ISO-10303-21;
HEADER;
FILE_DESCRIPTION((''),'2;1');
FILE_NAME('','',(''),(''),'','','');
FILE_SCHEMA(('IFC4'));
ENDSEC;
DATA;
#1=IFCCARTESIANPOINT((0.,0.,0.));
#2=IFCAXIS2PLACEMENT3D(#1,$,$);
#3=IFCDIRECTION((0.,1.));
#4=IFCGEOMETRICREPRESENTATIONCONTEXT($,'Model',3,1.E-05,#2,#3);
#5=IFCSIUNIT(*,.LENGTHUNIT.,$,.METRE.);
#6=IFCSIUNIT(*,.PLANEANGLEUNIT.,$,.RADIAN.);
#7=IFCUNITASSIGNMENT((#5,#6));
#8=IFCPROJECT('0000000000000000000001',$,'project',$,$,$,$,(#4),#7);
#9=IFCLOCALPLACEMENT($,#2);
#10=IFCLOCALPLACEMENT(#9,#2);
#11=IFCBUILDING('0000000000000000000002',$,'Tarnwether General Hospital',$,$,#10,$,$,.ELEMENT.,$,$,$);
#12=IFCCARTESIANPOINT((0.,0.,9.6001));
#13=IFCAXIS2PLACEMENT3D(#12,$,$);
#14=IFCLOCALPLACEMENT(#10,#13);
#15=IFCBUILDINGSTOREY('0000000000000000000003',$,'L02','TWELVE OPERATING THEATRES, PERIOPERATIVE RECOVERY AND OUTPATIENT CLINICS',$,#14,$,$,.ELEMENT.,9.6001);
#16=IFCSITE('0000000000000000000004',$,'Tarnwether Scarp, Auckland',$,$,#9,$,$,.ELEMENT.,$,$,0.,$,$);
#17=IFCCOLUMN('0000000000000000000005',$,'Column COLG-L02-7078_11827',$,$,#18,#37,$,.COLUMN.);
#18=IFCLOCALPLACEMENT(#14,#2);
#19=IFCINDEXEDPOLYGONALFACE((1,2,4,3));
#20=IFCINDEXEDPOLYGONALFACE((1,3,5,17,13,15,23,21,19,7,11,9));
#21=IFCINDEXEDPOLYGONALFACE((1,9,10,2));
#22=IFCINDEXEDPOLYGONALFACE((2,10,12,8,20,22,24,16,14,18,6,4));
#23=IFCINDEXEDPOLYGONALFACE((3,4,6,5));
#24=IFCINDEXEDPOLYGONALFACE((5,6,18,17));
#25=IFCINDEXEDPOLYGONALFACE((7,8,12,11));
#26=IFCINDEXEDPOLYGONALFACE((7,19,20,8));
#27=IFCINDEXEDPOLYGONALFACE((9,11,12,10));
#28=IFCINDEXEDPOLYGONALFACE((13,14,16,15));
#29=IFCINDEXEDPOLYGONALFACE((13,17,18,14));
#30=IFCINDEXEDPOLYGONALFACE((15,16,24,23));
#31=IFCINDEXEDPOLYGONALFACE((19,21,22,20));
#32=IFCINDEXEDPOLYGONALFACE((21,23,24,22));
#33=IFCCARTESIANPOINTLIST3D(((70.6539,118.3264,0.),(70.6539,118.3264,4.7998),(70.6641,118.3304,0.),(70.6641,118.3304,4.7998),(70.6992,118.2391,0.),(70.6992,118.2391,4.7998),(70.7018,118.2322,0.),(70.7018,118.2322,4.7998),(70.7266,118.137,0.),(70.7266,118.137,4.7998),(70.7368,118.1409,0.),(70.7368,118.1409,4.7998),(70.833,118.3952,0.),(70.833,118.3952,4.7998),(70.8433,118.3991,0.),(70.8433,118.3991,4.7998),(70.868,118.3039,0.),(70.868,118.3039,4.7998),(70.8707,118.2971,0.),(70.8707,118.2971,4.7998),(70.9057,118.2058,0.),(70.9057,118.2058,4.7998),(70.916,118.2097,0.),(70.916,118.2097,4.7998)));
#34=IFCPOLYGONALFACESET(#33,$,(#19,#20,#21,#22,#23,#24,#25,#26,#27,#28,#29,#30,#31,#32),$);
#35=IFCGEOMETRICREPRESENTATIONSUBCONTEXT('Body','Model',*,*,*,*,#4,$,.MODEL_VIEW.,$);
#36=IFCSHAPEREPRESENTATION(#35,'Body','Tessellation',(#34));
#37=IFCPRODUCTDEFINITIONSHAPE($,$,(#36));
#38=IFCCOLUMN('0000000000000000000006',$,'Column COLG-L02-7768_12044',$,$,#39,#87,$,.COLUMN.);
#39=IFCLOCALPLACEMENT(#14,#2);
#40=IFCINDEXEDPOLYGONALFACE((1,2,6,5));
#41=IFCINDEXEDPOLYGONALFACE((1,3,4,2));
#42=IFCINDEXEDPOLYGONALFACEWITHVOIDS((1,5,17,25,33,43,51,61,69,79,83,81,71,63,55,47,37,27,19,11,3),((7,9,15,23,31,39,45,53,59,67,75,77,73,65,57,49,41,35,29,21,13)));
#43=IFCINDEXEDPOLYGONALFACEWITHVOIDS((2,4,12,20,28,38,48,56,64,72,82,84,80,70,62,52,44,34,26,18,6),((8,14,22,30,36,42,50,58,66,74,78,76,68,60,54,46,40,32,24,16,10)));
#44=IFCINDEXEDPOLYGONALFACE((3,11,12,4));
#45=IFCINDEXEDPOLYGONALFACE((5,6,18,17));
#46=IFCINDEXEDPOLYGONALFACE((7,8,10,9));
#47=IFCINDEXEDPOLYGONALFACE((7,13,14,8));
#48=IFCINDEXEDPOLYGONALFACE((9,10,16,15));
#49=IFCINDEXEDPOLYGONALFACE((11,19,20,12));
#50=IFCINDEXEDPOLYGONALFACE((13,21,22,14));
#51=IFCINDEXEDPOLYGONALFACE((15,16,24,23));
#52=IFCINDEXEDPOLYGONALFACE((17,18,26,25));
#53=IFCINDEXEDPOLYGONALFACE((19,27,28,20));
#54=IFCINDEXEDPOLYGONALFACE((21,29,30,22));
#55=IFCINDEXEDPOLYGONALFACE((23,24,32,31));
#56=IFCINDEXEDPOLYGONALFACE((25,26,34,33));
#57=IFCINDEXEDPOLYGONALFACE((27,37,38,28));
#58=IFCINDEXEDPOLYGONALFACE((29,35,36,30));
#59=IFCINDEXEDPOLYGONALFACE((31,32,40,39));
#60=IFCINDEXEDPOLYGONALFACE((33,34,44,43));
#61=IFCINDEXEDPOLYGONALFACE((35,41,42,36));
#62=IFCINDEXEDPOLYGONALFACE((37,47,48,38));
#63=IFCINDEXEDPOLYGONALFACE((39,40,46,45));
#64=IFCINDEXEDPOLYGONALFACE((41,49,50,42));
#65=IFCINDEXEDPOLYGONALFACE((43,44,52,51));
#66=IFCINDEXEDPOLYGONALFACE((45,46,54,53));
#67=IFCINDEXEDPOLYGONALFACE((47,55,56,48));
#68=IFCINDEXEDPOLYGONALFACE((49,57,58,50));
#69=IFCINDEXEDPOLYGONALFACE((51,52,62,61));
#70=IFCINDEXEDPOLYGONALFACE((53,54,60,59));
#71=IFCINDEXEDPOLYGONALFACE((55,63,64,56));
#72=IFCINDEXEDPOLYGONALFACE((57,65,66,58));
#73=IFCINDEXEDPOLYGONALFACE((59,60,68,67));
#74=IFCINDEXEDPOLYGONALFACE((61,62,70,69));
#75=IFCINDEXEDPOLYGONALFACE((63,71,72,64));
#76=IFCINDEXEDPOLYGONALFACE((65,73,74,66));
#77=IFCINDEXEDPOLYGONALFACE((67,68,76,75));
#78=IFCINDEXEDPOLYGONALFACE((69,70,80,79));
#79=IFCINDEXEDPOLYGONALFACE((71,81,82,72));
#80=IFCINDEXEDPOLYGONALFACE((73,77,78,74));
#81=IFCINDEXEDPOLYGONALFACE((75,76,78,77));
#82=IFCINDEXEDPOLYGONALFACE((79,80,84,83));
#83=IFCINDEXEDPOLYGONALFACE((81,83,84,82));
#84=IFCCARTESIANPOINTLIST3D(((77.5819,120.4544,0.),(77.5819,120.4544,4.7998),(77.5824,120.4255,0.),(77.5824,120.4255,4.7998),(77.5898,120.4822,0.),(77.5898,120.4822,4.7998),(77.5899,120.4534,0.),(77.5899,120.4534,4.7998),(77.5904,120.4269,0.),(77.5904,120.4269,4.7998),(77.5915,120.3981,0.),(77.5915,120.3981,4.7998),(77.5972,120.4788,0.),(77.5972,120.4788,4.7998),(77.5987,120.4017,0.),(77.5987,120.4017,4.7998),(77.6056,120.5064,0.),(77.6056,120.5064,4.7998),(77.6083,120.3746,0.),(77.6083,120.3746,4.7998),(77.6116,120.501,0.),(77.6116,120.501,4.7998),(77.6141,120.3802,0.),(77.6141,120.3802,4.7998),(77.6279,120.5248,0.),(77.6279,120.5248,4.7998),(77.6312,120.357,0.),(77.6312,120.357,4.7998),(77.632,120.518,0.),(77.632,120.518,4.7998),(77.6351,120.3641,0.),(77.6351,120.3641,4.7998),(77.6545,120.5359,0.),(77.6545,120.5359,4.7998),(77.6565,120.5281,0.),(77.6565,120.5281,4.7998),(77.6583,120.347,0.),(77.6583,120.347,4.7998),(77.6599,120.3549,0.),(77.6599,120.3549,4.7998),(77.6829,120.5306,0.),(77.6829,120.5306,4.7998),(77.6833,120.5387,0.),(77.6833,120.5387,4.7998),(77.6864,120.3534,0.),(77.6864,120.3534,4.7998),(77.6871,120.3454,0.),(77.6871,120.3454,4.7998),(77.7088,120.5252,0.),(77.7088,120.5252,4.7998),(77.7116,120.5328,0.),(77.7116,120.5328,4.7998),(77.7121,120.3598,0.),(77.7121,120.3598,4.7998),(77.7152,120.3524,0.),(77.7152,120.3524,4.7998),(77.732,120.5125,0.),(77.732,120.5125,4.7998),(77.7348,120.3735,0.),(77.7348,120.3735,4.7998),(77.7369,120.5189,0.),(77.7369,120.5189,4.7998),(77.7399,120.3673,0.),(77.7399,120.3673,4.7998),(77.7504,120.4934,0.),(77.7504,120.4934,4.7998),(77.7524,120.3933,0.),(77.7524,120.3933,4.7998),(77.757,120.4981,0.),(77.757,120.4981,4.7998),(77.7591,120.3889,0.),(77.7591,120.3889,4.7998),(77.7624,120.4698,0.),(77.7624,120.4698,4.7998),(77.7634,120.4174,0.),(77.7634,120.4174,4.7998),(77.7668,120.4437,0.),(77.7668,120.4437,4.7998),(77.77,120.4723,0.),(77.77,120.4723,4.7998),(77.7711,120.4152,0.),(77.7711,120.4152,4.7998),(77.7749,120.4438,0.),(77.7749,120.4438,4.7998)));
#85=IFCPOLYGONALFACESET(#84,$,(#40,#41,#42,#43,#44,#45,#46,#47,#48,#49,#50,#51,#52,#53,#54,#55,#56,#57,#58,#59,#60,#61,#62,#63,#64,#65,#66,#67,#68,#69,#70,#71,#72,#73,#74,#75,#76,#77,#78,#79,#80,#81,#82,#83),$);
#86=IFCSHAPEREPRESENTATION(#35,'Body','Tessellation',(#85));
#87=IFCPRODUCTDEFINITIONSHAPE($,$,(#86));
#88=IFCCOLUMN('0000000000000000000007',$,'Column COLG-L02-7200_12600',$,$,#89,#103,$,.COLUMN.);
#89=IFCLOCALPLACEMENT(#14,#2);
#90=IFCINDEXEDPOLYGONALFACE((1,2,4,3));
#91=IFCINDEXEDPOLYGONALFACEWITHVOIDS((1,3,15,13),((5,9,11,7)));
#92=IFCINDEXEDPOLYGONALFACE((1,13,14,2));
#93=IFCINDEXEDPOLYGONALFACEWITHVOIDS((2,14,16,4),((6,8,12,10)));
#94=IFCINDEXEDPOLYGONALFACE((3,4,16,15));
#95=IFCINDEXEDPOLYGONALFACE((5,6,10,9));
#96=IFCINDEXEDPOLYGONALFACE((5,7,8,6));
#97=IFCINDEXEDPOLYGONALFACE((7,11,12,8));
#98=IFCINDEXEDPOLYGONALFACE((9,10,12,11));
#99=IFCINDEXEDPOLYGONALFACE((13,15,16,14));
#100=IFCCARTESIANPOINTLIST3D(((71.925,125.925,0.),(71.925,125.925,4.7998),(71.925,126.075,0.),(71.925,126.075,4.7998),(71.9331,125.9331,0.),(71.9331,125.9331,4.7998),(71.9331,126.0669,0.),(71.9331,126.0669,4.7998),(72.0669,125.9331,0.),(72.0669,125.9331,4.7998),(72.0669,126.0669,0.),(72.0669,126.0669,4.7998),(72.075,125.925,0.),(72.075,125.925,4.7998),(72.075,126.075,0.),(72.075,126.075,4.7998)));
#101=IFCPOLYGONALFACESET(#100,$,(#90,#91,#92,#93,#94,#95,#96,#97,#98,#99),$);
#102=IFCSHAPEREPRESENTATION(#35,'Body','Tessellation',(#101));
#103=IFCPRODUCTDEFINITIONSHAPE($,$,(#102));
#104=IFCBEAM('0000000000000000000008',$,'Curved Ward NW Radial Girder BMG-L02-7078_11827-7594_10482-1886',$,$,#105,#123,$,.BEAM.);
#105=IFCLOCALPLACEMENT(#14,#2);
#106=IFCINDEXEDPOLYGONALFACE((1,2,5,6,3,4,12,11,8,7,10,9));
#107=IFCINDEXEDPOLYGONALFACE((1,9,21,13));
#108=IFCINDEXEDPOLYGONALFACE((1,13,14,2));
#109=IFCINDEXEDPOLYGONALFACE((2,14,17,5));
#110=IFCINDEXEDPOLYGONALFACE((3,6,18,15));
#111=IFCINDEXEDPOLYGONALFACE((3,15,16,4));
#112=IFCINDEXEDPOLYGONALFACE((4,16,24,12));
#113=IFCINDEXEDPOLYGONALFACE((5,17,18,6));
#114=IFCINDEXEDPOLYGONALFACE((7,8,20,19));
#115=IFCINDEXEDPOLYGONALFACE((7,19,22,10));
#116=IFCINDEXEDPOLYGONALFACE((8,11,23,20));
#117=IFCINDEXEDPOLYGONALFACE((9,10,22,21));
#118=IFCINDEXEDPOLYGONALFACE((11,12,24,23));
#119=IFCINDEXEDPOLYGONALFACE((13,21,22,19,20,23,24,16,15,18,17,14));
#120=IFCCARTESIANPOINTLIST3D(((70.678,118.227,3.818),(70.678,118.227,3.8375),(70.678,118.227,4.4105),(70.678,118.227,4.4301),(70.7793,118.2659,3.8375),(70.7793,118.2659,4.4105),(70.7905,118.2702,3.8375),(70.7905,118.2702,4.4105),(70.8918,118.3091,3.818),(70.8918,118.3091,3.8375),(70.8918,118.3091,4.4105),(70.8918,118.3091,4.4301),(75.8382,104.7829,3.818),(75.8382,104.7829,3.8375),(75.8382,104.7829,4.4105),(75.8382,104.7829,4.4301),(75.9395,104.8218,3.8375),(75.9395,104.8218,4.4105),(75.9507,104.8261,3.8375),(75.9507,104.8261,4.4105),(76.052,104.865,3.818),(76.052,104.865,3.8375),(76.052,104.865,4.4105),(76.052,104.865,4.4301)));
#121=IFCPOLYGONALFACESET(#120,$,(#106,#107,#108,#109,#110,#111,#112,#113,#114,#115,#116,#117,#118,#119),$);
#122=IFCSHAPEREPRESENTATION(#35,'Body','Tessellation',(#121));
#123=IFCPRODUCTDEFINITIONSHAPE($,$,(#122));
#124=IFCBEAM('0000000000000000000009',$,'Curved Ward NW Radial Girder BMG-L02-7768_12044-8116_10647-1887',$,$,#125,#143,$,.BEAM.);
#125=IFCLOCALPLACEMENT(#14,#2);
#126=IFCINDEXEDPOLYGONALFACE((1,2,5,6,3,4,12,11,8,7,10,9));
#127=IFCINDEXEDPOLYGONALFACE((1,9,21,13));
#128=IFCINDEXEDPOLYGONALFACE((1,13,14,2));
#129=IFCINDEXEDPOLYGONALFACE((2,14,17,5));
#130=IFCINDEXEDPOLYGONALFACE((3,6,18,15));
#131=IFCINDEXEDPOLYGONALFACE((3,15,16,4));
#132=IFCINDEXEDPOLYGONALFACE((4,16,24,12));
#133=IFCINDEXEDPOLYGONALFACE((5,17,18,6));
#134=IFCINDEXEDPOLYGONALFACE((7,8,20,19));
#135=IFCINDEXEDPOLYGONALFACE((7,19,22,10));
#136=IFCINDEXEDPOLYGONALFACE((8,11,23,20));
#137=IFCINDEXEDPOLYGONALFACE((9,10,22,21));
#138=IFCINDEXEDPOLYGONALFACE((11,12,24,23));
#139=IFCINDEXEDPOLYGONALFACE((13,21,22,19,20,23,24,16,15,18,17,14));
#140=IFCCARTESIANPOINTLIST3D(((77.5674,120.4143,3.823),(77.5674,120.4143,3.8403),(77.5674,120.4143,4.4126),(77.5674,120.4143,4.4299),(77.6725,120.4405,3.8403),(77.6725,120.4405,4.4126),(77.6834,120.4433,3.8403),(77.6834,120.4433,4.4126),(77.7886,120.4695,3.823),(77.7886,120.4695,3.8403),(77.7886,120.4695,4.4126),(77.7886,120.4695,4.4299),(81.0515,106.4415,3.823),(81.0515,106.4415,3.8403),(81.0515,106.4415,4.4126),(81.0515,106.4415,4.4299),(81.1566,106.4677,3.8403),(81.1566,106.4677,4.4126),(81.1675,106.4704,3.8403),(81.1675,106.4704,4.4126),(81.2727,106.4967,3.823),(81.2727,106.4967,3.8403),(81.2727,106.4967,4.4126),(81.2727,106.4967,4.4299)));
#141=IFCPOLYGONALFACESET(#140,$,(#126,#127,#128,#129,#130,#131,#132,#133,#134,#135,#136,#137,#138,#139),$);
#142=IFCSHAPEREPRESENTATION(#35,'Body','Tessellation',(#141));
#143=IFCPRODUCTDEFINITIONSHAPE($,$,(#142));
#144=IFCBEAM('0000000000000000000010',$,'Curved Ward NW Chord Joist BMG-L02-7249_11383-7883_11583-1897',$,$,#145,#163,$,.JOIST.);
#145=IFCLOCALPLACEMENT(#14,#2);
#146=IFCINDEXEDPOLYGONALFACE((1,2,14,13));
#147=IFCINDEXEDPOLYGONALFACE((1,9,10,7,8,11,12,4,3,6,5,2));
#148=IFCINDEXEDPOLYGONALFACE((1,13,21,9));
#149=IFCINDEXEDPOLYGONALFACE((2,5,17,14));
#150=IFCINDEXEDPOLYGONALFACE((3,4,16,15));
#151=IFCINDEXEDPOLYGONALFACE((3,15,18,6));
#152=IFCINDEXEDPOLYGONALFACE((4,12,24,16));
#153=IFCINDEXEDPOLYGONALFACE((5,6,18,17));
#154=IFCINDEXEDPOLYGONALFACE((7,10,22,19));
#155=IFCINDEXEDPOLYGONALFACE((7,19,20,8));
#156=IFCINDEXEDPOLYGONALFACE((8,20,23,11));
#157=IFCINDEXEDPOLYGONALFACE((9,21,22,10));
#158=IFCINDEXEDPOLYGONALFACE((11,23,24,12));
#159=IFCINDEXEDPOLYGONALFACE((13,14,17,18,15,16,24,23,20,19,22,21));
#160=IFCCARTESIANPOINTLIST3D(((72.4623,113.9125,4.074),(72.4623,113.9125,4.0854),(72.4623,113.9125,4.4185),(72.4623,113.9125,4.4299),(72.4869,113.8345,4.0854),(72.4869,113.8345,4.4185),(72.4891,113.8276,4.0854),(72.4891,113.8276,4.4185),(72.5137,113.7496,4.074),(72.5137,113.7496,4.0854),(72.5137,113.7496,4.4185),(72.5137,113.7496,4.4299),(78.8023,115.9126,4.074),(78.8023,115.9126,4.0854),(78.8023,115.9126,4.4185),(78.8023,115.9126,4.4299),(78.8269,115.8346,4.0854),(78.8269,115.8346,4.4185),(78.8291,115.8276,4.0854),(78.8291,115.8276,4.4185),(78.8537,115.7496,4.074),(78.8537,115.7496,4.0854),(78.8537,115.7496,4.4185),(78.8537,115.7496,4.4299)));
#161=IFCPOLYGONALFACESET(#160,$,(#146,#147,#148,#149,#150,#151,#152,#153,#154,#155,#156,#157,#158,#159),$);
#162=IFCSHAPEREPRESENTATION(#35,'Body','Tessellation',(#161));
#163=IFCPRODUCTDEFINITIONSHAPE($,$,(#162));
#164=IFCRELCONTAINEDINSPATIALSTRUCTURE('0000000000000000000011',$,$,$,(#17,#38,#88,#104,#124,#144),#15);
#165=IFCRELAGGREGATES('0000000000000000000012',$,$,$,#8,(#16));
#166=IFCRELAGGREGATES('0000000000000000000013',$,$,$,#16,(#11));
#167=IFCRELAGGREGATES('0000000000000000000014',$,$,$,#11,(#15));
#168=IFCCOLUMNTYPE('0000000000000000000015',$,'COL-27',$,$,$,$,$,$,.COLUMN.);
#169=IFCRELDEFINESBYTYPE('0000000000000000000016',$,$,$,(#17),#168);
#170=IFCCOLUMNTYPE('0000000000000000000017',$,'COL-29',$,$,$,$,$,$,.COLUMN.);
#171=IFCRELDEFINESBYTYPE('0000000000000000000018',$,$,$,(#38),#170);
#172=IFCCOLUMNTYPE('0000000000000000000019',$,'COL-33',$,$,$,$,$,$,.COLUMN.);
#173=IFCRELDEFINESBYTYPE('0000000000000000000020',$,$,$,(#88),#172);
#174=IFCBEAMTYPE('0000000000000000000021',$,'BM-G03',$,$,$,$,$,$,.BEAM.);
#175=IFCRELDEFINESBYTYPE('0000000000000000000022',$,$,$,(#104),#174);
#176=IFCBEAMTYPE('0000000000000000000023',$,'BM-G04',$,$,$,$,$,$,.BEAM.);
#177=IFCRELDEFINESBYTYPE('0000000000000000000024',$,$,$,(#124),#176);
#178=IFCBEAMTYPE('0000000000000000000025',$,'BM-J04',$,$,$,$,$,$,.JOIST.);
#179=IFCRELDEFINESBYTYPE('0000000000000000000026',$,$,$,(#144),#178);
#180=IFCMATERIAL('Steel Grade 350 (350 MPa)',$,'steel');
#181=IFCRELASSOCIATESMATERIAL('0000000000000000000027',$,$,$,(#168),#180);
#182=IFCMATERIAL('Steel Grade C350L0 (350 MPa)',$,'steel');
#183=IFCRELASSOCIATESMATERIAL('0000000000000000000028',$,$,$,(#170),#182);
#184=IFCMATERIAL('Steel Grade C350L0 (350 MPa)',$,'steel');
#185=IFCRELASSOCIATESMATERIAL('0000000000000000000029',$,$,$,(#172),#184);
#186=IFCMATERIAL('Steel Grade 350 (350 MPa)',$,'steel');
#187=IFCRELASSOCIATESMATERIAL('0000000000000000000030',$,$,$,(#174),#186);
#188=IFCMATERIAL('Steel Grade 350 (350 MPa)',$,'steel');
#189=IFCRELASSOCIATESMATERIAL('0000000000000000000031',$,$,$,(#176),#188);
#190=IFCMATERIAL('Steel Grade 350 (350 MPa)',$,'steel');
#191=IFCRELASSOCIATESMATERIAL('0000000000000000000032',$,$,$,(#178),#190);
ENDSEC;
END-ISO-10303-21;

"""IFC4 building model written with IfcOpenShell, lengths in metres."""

from ifc_helpers import new_model, si_unit, direction, frame, origin, origin_2d, place, context, subcontext, project, spatial, hollow_rectangle, hollow_circle, i_section, extrude, material, material_profile, profile_set, type_object, element, save


model = new_model("IFC4")

# Units and contexts
model_context = context("Model", 3, precision=1e-05, world=origin(), true_north=direction((0.0, 1.0)))
body_context = subcontext(model_context, "Body", "Model", "MODEL_VIEW")
ifc_project = project(units=[si_unit("LENGTHUNIT", "METRE"), si_unit("PLANEANGLEUNIT", "RADIAN")], contexts=[model_context])

# Site, building, storey
site_placement = place(None, origin())
site = spatial("IfcSite", under=ifc_project, at=site_placement, Name="Tarnwether Scarp, Auckland", CompositionType="ELEMENT", RefElevation=0.0)
building_placement = place(site_placement, origin())
building = spatial("IfcBuilding", under=site, at=building_placement, Name="Tarnwether General Hospital", CompositionType="ELEMENT")
storey_placement = place(building_placement, frame((0.0, 0.0, 9.6001)))
storey = spatial("IfcBuildingStorey", under=building, at=storey_placement, Name="L02", Description="TWELVE OPERATING THEATRES, PERIOPERATIVE RECOVERY AND OUTPATIENT CLINICS", CompositionType="ELEMENT", Elevation=9.6001)

# Columns
ifc_material_1 = material(Name="Steel Grade 350 (350 MPa)", Category="steel")
ifc_material_profile_1 = material_profile(ifc_material_1, i_section(OverallWidth=0.2029, OverallDepth=0.2029, WebThickness=0.0073, FlangeThickness=0.011, at=origin_2d()), Name="200UC46.2")
ifc_profile_set_1 = profile_set([ifc_material_profile_1], Name="Steel Grade 350 (350 MPa)")
column_type_1 = type_object("IfcColumnType", Name="COL-27", PredefinedType="COLUMN", material=ifc_profile_set_1)
column_1_placement = place(storey_placement, frame((70.7849, 118.2681, 0.0), z_axis=(0.0, 0.0, 1.0), x_axis=(-0.358368, 0.93358, 0.0)))
element("IfcColumn", 1, at=column_1_placement, inside=storey, type_object=column_type_1, Name="Column COLG-L02-7078_11827", PredefinedType="COLUMN", context=body_context, shape_type="SweptSolid", body=[
    extrude(i_section(OverallWidth=0.2029, OverallDepth=0.2029, WebThickness=0.0073, FlangeThickness=0.011, at=origin_2d()), origin(), (0.0, 0.0, 1.0), 4.7998),
])
ifc_material_2 = material(Name="Steel Grade C350L0 (350 MPa)", Category="steel")
ifc_material_profile_2 = material_profile(ifc_material_2, hollow_circle(Radius=0.0969, WallThickness=0.0081, at=origin_2d()), Name="CHS193.7x8.0")
ifc_profile_set_2 = profile_set([ifc_material_profile_2], Name="Steel Grade C350L0 (350 MPa)")
column_type_2 = type_object("IfcColumnType", Name="COL-29", PredefinedType="COLUMN", material=ifc_profile_set_2)
column_2_placement = place(storey_placement, frame((77.678, 120.4419, 0.0), z_axis=(0.0, 0.0, 1.0), x_axis=(-0.241922, 0.970296, 0.0)))
element("IfcColumn", 2, at=column_2_placement, inside=storey, type_object=column_type_2, Name="Column COLG-L02-7768_12044", PredefinedType="COLUMN", context=body_context, shape_type="SweptSolid", body=[
    extrude(hollow_circle(Radius=0.0969, WallThickness=0.0081, at=origin_2d()), origin(), (0.0, 0.0, 1.0), 4.7998),
])
ifc_material_3 = material(Name="Steel Grade C350L0 (350 MPa)", Category="steel")
ifc_material_profile_3 = material_profile(ifc_material_3, hollow_rectangle(XDim=0.1499, YDim=0.1499, WallThickness=0.0081, at=origin_2d()), Name="SHS150x150x8")
ifc_profile_set_3 = profile_set([ifc_material_profile_3], Name="Steel Grade C350L0 (350 MPa)")
column_type_3 = type_object("IfcColumnType", Name="COL-33", PredefinedType="COLUMN", material=ifc_profile_set_3)
column_3_placement = place(storey_placement, frame((72.0, 126.0, 0.0), z_axis=(0.0, 0.0, 1.0), x_axis=(1.0, 0.0, 0.0)))
element("IfcColumn", 3, at=column_3_placement, inside=storey, type_object=column_type_3, Name="Column COLG-L02-7200_12600", PredefinedType="COLUMN", context=body_context, shape_type="SweptSolid", body=[
    extrude(hollow_rectangle(XDim=0.1499, YDim=0.1499, WallThickness=0.0081, at=origin_2d()), origin(), (0.0, 0.0, 1.0), 4.7998),
])

# Beams
ifc_material_4 = material(Name="Steel Grade 350 (350 MPa)", Category="steel")
ifc_material_profile_4 = material_profile(ifc_material_4, i_section(OverallWidth=0.229, OverallDepth=0.6121, WebThickness=0.012, FlangeThickness=0.0195, at=origin_2d()), Name="610UB125")
ifc_profile_set_4 = profile_set([ifc_material_profile_4], Name="Steel Grade 350 (350 MPa)")
beam_type_1 = type_object("IfcBeamType", Name="BM-G03", PredefinedType="BEAM", material=ifc_profile_set_4)
beam_1_placement = place(storey_placement, frame((70.7849, 118.2681, 4.124), z_axis=(0.358335, -0.933593, 0.0), x_axis=(0.933593, 0.358335, 0.0)))
element("IfcBeam", 4, at=beam_1_placement, inside=storey, type_object=beam_type_1, Name="Curved Ward NW Radial Girder BMG-L02-7078_11827-7594_10482-1886", PredefinedType="BEAM", context=body_context, shape_type="SweptSolid", body=[
    extrude(i_section(OverallWidth=0.229, OverallDepth=0.6121, WebThickness=0.012, FlangeThickness=0.0195, at=origin_2d()), origin(), (0.0, 0.0, 1.0), 14.4004),
])
ifc_material_5 = material(Name="Steel Grade 350 (350 MPa)", Category="steel")
ifc_material_profile_5 = material_profile(ifc_material_5, i_section(OverallWidth=0.228, OverallDepth=0.6069, WebThickness=0.0112, FlangeThickness=0.0173, at=origin_2d()), Name="610UB113")
ifc_profile_set_5 = profile_set([ifc_material_profile_5], Name="Steel Grade 350 (350 MPa)")
beam_type_2 = type_object("IfcBeamType", Name="BM-G04", PredefinedType="BEAM", material=ifc_profile_set_5)
beam_2_placement = place(storey_placement, frame((77.678, 120.4419, 4.1265), z_axis=(0.241941, -0.970291, 0.0), x_axis=(0.970291, 0.241941, 0.0)))
element("IfcBeam", 5, at=beam_2_placement, inside=storey, type_object=beam_type_2, Name="Curved Ward NW Radial Girder BMG-L02-7768_12044-8116_10647-1887", PredefinedType="BEAM", context=body_context, shape_type="SweptSolid", body=[
    extrude(i_section(OverallWidth=0.228, OverallDepth=0.6069, WebThickness=0.0112, FlangeThickness=0.0173, at=origin_2d()), origin(), (0.0, 0.0, 1.0), 14.4006),
])
ifc_material_6 = material(Name="Steel Grade 350 (350 MPa)", Category="steel")
ifc_material_profile_6 = material_profile(ifc_material_6, i_section(OverallWidth=0.1709, OverallDepth=0.356, WebThickness=0.0073, FlangeThickness=0.0115, at=origin_2d()), Name="360UB50.7")
ifc_profile_set_6 = profile_set([ifc_material_profile_6], Name="Steel Grade 350 (350 MPa)")
beam_type_3 = type_object("IfcBeamType", Name="BM-J04", PredefinedType="JOIST", material=ifc_profile_set_6)
beam_3_placement = place(storey_placement, frame((72.488, 113.8311, 4.252), z_axis=(0.953671, 0.30085, 0.0), x_axis=(-0.30085, 0.953671, 0.0)))
element("IfcBeam", 6, at=beam_3_placement, inside=storey, type_object=beam_type_3, Name="Curved Ward NW Chord Joist BMG-L02-7249_11383-7883_11583-1897", PredefinedType="JOIST", context=body_context, shape_type="SweptSolid", body=[
    extrude(i_section(OverallWidth=0.1709, OverallDepth=0.356, WebThickness=0.0073, FlangeThickness=0.0115, at=origin_2d()), origin(), (0.0, 0.0, 1.0), 6.6479),
])

save(model, "model.ifc")
